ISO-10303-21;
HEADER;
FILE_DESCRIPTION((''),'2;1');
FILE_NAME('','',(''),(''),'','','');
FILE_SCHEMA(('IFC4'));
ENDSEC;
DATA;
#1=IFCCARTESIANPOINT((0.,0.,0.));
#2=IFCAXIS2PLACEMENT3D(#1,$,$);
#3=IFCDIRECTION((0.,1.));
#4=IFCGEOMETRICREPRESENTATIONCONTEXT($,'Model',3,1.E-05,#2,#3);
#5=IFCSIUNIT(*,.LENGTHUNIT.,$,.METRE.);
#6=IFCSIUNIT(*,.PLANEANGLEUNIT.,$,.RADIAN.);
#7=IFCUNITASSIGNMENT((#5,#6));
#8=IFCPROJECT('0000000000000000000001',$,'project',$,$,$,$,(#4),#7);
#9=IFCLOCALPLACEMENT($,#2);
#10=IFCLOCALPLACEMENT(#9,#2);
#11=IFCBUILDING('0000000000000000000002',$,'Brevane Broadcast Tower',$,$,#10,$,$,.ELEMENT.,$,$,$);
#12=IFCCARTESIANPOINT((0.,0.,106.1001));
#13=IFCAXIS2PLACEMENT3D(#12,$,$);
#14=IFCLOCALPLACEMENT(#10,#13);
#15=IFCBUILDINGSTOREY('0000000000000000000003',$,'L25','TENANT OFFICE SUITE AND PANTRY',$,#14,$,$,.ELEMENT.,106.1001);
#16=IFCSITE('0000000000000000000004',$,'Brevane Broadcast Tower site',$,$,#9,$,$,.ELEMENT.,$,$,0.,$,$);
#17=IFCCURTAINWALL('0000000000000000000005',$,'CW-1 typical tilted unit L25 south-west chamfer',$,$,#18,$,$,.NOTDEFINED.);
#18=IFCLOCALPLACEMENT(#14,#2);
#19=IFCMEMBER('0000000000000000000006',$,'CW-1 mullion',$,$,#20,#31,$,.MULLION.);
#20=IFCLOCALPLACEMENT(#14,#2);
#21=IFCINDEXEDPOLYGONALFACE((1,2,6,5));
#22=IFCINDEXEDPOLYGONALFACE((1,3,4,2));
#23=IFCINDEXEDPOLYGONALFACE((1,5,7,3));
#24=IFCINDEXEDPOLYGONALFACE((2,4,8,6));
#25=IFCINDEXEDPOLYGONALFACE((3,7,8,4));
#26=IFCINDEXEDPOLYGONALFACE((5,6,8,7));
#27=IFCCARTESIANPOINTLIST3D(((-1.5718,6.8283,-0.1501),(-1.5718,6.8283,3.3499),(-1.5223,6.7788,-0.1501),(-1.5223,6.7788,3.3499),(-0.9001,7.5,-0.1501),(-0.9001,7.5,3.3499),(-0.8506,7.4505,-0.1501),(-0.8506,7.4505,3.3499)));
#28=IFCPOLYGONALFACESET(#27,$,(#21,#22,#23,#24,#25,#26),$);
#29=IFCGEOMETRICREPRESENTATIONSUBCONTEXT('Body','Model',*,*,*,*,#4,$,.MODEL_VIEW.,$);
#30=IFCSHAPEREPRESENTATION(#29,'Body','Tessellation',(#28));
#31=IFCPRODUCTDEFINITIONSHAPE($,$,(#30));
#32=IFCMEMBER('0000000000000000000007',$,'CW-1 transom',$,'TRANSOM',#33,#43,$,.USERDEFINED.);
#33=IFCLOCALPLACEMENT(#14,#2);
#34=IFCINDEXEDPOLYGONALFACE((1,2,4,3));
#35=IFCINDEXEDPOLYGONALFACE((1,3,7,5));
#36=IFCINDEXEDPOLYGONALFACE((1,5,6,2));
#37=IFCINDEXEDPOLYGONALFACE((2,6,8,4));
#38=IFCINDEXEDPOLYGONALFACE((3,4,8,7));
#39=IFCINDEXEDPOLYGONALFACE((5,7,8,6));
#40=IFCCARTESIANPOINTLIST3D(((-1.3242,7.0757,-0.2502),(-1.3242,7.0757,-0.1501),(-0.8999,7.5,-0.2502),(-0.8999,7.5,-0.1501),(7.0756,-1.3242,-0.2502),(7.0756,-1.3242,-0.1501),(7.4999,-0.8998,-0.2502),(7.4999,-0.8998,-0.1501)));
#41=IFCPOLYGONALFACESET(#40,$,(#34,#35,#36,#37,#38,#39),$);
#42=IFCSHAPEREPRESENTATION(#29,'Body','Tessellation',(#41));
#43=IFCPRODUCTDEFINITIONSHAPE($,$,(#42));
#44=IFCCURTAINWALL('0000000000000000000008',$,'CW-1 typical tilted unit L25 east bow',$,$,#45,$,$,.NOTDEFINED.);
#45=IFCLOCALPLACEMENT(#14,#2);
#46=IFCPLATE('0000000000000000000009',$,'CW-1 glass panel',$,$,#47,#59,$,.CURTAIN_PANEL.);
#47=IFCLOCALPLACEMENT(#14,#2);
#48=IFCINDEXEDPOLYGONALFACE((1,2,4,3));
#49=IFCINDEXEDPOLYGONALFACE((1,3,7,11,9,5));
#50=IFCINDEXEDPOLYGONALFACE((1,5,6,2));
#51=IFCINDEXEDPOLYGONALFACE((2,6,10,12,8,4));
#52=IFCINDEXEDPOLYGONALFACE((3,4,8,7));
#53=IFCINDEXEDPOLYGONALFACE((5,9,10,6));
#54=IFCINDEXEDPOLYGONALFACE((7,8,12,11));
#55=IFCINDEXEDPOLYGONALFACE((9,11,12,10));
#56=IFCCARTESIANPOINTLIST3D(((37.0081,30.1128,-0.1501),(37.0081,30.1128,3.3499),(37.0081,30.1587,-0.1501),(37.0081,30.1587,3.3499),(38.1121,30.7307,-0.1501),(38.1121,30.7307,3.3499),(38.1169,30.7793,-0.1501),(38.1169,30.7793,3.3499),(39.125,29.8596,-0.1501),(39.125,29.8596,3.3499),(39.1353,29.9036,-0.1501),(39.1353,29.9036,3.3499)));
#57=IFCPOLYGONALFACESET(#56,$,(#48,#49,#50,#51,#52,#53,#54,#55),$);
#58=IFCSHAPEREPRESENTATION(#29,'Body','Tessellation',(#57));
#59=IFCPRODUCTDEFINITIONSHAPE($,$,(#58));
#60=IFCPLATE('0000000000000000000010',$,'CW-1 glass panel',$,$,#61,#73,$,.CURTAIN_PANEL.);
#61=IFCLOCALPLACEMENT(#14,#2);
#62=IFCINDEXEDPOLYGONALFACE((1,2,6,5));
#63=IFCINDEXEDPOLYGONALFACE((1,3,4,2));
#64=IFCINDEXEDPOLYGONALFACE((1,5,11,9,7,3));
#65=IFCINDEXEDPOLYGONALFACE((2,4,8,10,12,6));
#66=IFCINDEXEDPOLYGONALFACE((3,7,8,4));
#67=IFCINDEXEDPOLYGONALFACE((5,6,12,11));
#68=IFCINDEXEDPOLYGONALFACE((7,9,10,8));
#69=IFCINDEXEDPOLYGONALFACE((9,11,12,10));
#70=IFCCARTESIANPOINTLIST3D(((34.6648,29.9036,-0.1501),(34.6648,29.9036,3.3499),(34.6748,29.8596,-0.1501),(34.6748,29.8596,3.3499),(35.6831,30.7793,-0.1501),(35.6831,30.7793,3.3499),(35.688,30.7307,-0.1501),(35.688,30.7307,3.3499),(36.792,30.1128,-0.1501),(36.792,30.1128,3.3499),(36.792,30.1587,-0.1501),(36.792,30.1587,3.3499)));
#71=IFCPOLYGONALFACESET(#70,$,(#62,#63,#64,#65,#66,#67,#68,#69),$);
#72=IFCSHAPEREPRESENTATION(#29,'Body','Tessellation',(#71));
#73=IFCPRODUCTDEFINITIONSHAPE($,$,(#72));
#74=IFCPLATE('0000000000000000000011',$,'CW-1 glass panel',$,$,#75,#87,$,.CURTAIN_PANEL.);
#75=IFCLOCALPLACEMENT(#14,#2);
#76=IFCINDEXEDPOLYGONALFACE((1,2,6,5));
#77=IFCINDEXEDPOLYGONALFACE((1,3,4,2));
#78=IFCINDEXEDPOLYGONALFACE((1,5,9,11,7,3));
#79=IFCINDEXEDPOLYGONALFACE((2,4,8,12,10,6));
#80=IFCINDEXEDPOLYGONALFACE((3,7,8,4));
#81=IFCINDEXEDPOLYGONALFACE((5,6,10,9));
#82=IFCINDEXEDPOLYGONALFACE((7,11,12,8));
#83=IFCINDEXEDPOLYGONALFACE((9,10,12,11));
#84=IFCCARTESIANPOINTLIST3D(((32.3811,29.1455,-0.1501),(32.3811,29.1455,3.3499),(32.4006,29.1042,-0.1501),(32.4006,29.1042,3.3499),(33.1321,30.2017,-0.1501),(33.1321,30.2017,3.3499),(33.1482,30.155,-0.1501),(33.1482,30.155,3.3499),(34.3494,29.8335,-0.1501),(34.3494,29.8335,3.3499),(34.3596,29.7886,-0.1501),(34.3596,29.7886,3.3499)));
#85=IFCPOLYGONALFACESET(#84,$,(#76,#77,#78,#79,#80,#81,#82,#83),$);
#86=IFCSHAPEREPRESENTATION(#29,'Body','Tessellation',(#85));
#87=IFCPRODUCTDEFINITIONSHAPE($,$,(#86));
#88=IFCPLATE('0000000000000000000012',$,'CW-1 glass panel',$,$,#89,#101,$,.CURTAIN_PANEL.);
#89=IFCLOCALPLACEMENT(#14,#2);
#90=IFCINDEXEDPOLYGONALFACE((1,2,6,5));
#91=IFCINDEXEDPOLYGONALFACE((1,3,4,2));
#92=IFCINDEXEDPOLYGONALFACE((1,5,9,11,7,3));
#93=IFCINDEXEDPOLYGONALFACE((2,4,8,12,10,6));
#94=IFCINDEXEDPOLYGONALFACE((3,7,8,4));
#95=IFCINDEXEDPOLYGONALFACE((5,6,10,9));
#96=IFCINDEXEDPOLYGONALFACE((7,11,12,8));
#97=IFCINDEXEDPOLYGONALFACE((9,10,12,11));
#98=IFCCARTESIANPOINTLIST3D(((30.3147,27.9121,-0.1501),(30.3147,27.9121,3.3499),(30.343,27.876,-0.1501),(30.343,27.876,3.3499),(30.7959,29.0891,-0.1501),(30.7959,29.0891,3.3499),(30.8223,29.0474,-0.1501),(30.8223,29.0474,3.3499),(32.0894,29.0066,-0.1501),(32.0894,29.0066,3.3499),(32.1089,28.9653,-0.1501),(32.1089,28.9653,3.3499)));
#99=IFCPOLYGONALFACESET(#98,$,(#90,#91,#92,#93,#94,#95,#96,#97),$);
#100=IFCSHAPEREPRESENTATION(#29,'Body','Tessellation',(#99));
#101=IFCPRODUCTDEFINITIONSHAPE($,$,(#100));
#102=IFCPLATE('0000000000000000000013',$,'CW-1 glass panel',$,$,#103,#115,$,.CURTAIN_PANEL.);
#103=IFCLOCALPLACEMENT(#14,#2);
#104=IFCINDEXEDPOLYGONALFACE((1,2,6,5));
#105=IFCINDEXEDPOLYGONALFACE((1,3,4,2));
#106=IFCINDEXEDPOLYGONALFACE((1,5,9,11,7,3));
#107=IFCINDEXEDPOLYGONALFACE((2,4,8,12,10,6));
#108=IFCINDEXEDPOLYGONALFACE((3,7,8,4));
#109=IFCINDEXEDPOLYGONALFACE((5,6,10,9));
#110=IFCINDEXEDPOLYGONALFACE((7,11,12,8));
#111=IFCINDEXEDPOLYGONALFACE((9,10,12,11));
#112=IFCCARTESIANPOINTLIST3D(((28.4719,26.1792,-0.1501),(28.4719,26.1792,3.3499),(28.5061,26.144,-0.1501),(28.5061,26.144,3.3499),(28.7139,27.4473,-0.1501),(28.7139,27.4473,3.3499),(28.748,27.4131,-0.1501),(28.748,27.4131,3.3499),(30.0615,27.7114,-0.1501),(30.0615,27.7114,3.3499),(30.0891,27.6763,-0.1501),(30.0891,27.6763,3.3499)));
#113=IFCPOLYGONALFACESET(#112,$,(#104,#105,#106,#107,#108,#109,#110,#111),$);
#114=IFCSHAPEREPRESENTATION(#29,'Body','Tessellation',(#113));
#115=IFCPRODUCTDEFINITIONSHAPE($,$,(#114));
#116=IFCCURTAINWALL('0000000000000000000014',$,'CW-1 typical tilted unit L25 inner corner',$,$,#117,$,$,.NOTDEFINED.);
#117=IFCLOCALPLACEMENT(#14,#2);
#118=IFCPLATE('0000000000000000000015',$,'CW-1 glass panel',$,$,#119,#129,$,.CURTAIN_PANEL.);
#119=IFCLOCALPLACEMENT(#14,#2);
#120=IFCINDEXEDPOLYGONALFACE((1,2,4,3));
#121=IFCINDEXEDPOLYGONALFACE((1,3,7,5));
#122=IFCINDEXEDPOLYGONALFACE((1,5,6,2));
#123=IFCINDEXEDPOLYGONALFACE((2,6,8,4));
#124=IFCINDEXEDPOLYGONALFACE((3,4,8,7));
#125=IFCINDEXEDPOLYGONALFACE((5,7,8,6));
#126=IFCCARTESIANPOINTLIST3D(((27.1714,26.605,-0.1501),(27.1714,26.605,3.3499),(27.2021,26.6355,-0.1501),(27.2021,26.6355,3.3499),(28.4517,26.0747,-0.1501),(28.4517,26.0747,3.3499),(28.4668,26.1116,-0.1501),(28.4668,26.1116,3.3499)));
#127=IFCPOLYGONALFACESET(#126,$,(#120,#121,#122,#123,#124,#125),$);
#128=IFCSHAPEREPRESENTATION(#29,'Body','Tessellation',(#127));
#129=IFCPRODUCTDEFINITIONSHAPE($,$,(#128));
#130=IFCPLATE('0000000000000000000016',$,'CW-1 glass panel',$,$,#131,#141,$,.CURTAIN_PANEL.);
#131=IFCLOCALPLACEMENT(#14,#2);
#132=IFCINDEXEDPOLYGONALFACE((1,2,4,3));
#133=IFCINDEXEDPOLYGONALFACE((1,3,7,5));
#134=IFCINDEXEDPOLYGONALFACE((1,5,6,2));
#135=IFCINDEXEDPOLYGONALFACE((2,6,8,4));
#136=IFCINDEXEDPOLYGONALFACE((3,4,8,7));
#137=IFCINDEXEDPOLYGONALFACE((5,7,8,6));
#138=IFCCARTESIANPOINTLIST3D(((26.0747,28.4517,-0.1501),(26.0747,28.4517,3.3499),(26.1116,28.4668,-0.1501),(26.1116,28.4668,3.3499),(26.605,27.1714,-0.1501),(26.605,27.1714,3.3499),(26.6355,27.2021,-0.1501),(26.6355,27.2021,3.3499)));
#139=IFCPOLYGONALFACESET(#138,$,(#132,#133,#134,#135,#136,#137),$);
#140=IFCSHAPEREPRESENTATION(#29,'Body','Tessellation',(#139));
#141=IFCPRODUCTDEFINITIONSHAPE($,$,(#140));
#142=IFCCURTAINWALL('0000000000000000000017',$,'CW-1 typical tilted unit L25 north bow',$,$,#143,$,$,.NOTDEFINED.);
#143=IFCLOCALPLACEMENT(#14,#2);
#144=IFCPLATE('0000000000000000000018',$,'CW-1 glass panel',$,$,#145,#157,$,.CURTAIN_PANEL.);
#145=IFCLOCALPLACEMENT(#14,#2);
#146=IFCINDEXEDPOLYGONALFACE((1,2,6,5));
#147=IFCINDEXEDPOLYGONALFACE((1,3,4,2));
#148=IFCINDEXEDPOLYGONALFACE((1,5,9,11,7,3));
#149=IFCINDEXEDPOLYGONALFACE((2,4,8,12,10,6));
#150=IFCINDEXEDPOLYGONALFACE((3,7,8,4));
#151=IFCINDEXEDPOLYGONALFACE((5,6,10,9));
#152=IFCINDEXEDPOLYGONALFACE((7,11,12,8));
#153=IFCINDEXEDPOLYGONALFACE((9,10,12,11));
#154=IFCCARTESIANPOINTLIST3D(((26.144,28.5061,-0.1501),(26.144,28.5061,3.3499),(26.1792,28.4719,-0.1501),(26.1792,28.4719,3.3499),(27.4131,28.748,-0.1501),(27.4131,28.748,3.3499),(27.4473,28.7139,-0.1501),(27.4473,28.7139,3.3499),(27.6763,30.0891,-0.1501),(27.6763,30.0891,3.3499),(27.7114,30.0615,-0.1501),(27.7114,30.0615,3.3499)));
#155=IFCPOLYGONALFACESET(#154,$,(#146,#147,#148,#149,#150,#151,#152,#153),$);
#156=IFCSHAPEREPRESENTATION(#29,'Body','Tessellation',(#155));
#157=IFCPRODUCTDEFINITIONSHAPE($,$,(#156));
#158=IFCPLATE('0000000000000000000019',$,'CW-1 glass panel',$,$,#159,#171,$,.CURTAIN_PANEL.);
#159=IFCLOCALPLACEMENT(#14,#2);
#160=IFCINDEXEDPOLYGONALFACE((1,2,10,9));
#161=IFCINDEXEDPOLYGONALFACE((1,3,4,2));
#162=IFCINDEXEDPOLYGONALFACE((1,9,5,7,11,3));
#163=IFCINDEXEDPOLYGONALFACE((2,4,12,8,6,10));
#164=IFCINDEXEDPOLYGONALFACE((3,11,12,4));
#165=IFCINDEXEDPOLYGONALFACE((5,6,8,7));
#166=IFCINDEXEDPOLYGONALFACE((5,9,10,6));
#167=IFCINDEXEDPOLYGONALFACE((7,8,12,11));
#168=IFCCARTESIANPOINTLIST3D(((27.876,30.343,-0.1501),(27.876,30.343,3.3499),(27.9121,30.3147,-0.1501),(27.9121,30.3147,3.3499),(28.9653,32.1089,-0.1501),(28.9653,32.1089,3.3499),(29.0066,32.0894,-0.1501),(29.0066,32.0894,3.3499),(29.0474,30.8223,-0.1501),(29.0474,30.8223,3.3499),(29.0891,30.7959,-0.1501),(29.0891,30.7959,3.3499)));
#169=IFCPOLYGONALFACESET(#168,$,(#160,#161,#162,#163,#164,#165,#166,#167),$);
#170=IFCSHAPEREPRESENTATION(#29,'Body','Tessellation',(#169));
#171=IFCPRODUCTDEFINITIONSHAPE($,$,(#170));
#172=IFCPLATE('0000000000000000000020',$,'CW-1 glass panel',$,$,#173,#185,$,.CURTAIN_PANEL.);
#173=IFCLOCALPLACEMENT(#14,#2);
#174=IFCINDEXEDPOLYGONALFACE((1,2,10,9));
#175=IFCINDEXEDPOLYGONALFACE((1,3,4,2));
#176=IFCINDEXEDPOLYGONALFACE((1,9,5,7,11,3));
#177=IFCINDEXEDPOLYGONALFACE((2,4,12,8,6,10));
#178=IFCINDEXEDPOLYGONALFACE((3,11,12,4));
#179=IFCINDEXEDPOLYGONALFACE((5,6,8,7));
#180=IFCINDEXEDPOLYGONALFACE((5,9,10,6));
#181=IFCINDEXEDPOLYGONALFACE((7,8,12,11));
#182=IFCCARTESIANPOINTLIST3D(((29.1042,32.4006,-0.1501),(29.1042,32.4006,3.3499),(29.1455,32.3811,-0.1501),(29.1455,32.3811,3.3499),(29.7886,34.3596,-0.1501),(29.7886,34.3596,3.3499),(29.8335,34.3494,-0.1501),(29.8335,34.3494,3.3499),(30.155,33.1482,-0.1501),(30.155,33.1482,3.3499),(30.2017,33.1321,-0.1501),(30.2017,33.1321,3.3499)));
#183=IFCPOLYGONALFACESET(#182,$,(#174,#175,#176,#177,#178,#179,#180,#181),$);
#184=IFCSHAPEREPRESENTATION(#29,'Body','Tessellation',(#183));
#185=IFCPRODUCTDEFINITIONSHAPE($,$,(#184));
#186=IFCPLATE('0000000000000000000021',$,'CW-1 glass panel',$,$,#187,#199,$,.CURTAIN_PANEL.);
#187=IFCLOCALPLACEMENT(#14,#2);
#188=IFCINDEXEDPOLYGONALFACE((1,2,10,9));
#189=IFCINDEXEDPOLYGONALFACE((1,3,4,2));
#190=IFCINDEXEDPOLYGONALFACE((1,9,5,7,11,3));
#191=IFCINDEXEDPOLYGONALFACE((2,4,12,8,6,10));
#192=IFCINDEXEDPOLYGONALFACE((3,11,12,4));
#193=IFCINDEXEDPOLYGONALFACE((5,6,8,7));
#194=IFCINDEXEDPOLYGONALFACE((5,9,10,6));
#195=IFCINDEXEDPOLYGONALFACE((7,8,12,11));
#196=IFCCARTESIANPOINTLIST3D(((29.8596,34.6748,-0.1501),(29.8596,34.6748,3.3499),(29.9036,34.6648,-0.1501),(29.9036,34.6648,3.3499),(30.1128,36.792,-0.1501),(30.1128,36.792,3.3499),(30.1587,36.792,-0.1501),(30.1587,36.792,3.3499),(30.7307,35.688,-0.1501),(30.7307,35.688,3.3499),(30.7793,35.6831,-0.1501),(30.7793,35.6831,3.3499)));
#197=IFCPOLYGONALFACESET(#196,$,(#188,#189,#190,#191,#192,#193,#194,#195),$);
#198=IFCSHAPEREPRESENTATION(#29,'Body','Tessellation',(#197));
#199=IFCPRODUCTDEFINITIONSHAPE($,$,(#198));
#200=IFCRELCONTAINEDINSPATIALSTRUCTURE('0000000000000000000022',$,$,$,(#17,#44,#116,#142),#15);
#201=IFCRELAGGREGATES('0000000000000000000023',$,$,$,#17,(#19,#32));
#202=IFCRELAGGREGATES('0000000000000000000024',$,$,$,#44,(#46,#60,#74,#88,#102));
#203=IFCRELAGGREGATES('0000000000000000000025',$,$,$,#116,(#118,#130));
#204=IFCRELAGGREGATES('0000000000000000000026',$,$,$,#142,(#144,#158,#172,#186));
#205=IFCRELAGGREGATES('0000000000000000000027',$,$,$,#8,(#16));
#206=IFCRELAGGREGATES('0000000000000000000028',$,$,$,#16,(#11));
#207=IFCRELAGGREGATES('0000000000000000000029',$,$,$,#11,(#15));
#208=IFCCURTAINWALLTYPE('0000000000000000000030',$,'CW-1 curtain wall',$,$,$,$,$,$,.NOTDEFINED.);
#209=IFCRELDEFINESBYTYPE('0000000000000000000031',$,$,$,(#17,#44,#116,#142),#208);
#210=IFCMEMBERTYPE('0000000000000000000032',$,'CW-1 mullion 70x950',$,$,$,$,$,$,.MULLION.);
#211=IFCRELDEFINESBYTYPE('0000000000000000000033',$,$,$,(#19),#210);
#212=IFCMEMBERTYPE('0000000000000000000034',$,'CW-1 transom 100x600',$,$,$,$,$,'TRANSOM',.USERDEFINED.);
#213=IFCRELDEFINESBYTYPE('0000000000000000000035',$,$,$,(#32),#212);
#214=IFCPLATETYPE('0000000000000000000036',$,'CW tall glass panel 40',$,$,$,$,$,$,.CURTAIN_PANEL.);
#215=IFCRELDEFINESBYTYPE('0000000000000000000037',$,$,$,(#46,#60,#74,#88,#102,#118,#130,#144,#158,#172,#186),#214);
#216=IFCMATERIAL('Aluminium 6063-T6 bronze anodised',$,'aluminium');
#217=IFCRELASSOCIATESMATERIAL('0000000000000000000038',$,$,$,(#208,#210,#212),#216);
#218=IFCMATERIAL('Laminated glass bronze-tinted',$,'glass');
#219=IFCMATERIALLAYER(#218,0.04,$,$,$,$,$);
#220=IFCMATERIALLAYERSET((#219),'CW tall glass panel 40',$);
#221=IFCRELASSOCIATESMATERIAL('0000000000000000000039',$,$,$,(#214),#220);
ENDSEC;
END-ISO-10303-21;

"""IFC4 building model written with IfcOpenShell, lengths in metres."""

from ifc_helpers import new_model, si_unit, direction, frame, origin, origin_2d, place, context, subcontext, project, spatial, polyline, rectangle, outline, extrude, material, layer, layer_set, material_profile, profile_set, type_object, element, aggregate, save


model = new_model("IFC4")

# Units and contexts
model_context = context("Model", 3, precision=1e-05, world=origin(), true_north=direction((0.0, 1.0)))
body_context = subcontext(model_context, "Body", "Model", "MODEL_VIEW")
ifc_project = project(units=[si_unit("LENGTHUNIT", "METRE"), si_unit("PLANEANGLEUNIT", "RADIAN")], contexts=[model_context])

# Site, building, storey
site_placement = place(None, origin())
site = spatial("IfcSite", under=ifc_project, at=site_placement, Name="Brevane Broadcast Tower site", CompositionType="ELEMENT", RefElevation=0.0)
building_placement = place(site_placement, origin())
building = spatial("IfcBuilding", under=site, at=building_placement, Name="Brevane Broadcast Tower", CompositionType="ELEMENT")
storey_placement = place(building_placement, frame((0.0, 0.0, 106.1001)))
storey = spatial("IfcBuildingStorey", under=building, at=storey_placement, Name="L25", Description="TENANT OFFICE SUITE AND PANTRY", CompositionType="ELEMENT", Elevation=106.1001)

# Curtain wall, members
ifc_material_1 = material(Name="Aluminium 6063-T6 bronze anodised", Category="aluminium")
curtain_wall_type = type_object("IfcCurtainWallType", Name="CW-1 curtain wall", PredefinedType="NOTDEFINED", material=ifc_material_1)
curtain_wall_1_placement = place(storey_placement, origin())
curtain_wall_1 = element("IfcCurtainWall", 1, at=curtain_wall_1_placement, inside=storey, type_object=curtain_wall_type, Name="CW-1 typical tilted unit L25 south-west chamfer", PredefinedType="NOTDEFINED")
ifc_material_profile_1 = material_profile(ifc_material_1, rectangle(XDim=0.95, YDim=0.0701, at=origin_2d()), Name="RECT 70x950")
ifc_profile_set_1 = profile_set([ifc_material_profile_1], Name="Aluminium 6063-T6 bronze anodised")
member_type_1 = type_object("IfcMemberType", Name="CW-1 mullion 70x950", PredefinedType="MULLION", material=ifc_profile_set_1)
member_1_placement = place(storey_placement, frame((-1.2112, 7.1394, -0.1501), z_axis=(0.0, 0.0, 1.0), x_axis=(0.707107, 0.707107, 0.0)))
member_1 = element("IfcMember", 2, at=member_1_placement, type_object=member_type_1, Name="CW-1 mullion", PredefinedType="MULLION", context=body_context, shape_type="SweptSolid", body=[
    extrude(rectangle(XDim=0.95, YDim=0.0701, at=origin_2d()), origin(), (0.0, 0.0, 1.0), 3.5),
])
ifc_material_profile_2 = material_profile(ifc_material_1, rectangle(XDim=0.6001, YDim=0.1001, at=origin_2d()), Name="RECT 100x600")
ifc_profile_set_2 = profile_set([ifc_material_profile_2], Name="Aluminium 6063-T6 bronze anodised")
member_type_2 = type_object("IfcMemberType", Name="CW-1 transom 100x600", ElementType="TRANSOM", PredefinedType="USERDEFINED", material=ifc_profile_set_2)
member_2_placement = place(storey_placement, frame((-1.1121, 7.2878, -0.2002), z_axis=(0.707107, -0.707107, 0.0), x_axis=(0.707107, 0.707107, 0.0)))
member_2 = element("IfcMember", 3, at=member_2_placement, type_object=member_type_2, Name="CW-1 transom", ObjectType="TRANSOM", PredefinedType="USERDEFINED", context=body_context, shape_type="SweptSolid", body=[
    extrude(rectangle(XDim=0.6001, YDim=0.1001, at=origin_2d()), origin(), (0.0, 0.0, 1.0), 11.8792),
])
aggregate(curtain_wall_1, [member_1, member_2])

# Curtain walls, plates
curtain_wall_2_placement = place(storey_placement, origin())
curtain_wall_2 = element("IfcCurtainWall", 4, at=curtain_wall_2_placement, inside=storey, type_object=curtain_wall_type, Name="CW-1 typical tilted unit L25 east bow", PredefinedType="NOTDEFINED")
ifc_material_2 = material(Name="Laminated glass bronze-tinted", Category="glass")
ifc_layer = layer(ifc_material_2, 0.04)
ifc_layer_set = layer_set([ifc_layer], Name="CW tall glass panel 40")
plate_type = type_object("IfcPlateType", Name="CW tall glass panel 40", PredefinedType="CURTAIN_PANEL", material=ifc_layer_set)
plate_1_placement = place(storey_placement, frame((0.0, 0.0, -0.1501)))
plate_1 = element("IfcPlate", 5, at=plate_1_placement, type_object=plate_type, Name="CW-1 glass panel", PredefinedType="CURTAIN_PANEL", context=body_context, shape_type="SweptSolid", body=[
    extrude(outline(polyline([(39.125, 29.8596), (39.1353, 29.9036), (38.1169, 30.7793), (37.0081, 30.1587), (37.0081, 30.1128), (38.1121, 30.7307), (39.125, 29.8596)])), origin(), (0.0, 0.0, 1.0), 3.5),
])
plate_2_placement = place(storey_placement, frame((0.0, 0.0, -0.1501)))
plate_2 = element("IfcPlate", 6, at=plate_2_placement, type_object=plate_type, Name="CW-1 glass panel", PredefinedType="CURTAIN_PANEL", context=body_context, shape_type="SweptSolid", body=[
    extrude(outline(polyline([(36.792, 30.1128), (36.792, 30.1587), (35.6831, 30.7793), (34.6648, 29.9036), (34.6748, 29.8596), (35.688, 30.7307), (36.792, 30.1128)])), origin(), (0.0, 0.0, 1.0), 3.5),
])
plate_3_placement = place(storey_placement, frame((0.0, 0.0, -0.1501)))
plate_3 = element("IfcPlate", 7, at=plate_3_placement, type_object=plate_type, Name="CW-1 glass panel", PredefinedType="CURTAIN_PANEL", context=body_context, shape_type="SweptSolid", body=[
    extrude(outline(polyline([(34.3596, 29.7886), (34.3494, 29.8335), (33.1321, 30.2017), (32.3811, 29.1455), (32.4006, 29.1042), (33.1482, 30.155), (34.3596, 29.7886)])), origin(), (0.0, 0.0, 1.0), 3.5),
])
plate_4_placement = place(storey_placement, frame((0.0, 0.0, -0.1501)))
plate_4 = element("IfcPlate", 8, at=plate_4_placement, type_object=plate_type, Name="CW-1 glass panel", PredefinedType="CURTAIN_PANEL", context=body_context, shape_type="SweptSolid", body=[
    extrude(outline(polyline([(32.1089, 28.9653), (32.0894, 29.0066), (30.7959, 29.0891), (30.3147, 27.9121), (30.343, 27.876), (30.8223, 29.0474), (32.1089, 28.9653)])), origin(), (0.0, 0.0, 1.0), 3.5),
])
plate_5_placement = place(storey_placement, frame((0.0, 0.0, -0.1501)))
plate_5 = element("IfcPlate", 9, at=plate_5_placement, type_object=plate_type, Name="CW-1 glass panel", PredefinedType="CURTAIN_PANEL", context=body_context, shape_type="SweptSolid", body=[
    extrude(outline(polyline([(30.0891, 27.6763), (30.0615, 27.7114), (28.7139, 27.4473), (28.4719, 26.1792), (28.5061, 26.144), (28.748, 27.4131), (30.0891, 27.6763)])), origin(), (0.0, 0.0, 1.0), 3.5),
])
aggregate(curtain_wall_2, [plate_1, plate_2, plate_3, plate_4, plate_5])
curtain_wall_3_placement = place(storey_placement, origin())
curtain_wall_3 = element("IfcCurtainWall", 10, at=curtain_wall_3_placement, inside=storey, type_object=curtain_wall_type, Name="CW-1 typical tilted unit L25 inner corner", PredefinedType="NOTDEFINED")
plate_6_placement = place(storey_placement, frame((0.0, 0.0, -0.1501)))
plate_6 = element("IfcPlate", 11, at=plate_6_placement, type_object=plate_type, Name="CW-1 glass panel", PredefinedType="CURTAIN_PANEL", context=body_context, shape_type="SweptSolid", body=[
    extrude(outline(polyline([(28.4517, 26.0747), (28.4668, 26.1116), (27.2021, 26.6355), (27.1714, 26.605), (28.4517, 26.0747)])), origin(), (0.0, 0.0, 1.0), 3.5),
])
plate_7_placement = place(storey_placement, frame((0.0, 0.0, -0.1501)))
plate_7 = element("IfcPlate", 12, at=plate_7_placement, type_object=plate_type, Name="CW-1 glass panel", PredefinedType="CURTAIN_PANEL", context=body_context, shape_type="SweptSolid", body=[
    extrude(outline(polyline([(26.605, 27.1714), (26.6355, 27.2021), (26.1116, 28.4668), (26.0747, 28.4517), (26.605, 27.1714)])), origin(), (0.0, 0.0, 1.0), 3.5),
])
aggregate(curtain_wall_3, [plate_6, plate_7])
curtain_wall_4_placement = place(storey_placement, origin())
curtain_wall_4 = element("IfcCurtainWall", 13, at=curtain_wall_4_placement, inside=storey, type_object=curtain_wall_type, Name="CW-1 typical tilted unit L25 north bow", PredefinedType="NOTDEFINED")
plate_8_placement = place(storey_placement, frame((0.0, 0.0, -0.1501)))
plate_8 = element("IfcPlate", 14, at=plate_8_placement, type_object=plate_type, Name="CW-1 glass panel", PredefinedType="CURTAIN_PANEL", context=body_context, shape_type="SweptSolid", body=[
    extrude(outline(polyline([(26.144, 28.5061), (26.1792, 28.4719), (27.4473, 28.7139), (27.7114, 30.0615), (27.6763, 30.0891), (27.4131, 28.748), (26.144, 28.5061)])), origin(), (0.0, 0.0, 1.0), 3.5),
])
plate_9_placement = place(storey_placement, frame((0.0, 0.0, -0.1501)))
plate_9 = element("IfcPlate", 15, at=plate_9_placement, type_object=plate_type, Name="CW-1 glass panel", PredefinedType="CURTAIN_PANEL", context=body_context, shape_type="SweptSolid", body=[
    extrude(outline(polyline([(27.876, 30.343), (27.9121, 30.3147), (29.0891, 30.7959), (29.0066, 32.0894), (28.9653, 32.1089), (29.0474, 30.8223), (27.876, 30.343)])), origin(), (0.0, 0.0, 1.0), 3.5),
])
plate_10_placement = place(storey_placement, frame((0.0, 0.0, -0.1501)))
plate_10 = element("IfcPlate", 16, at=plate_10_placement, type_object=plate_type, Name="CW-1 glass panel", PredefinedType="CURTAIN_PANEL", context=body_context, shape_type="SweptSolid", body=[
    extrude(outline(polyline([(29.1042, 32.4006), (29.1455, 32.3811), (30.2017, 33.1321), (29.8335, 34.3494), (29.7886, 34.3596), (30.155, 33.1482), (29.1042, 32.4006)])), origin(), (0.0, 0.0, 1.0), 3.5),
])
plate_11_placement = place(storey_placement, frame((0.0, 0.0, -0.1501)))
plate_11 = element("IfcPlate", 17, at=plate_11_placement, type_object=plate_type, Name="CW-1 glass panel", PredefinedType="CURTAIN_PANEL", context=body_context, shape_type="SweptSolid", body=[
    extrude(outline(polyline([(29.8596, 34.6748), (29.9036, 34.6648), (30.7793, 35.6831), (30.1587, 36.792), (30.1128, 36.792), (30.7307, 35.688), (29.8596, 34.6748)])), origin(), (0.0, 0.0, 1.0), 3.5),
])
aggregate(curtain_wall_4, [plate_8, plate_9, plate_10, plate_11])

save(model, "model.ifc")
